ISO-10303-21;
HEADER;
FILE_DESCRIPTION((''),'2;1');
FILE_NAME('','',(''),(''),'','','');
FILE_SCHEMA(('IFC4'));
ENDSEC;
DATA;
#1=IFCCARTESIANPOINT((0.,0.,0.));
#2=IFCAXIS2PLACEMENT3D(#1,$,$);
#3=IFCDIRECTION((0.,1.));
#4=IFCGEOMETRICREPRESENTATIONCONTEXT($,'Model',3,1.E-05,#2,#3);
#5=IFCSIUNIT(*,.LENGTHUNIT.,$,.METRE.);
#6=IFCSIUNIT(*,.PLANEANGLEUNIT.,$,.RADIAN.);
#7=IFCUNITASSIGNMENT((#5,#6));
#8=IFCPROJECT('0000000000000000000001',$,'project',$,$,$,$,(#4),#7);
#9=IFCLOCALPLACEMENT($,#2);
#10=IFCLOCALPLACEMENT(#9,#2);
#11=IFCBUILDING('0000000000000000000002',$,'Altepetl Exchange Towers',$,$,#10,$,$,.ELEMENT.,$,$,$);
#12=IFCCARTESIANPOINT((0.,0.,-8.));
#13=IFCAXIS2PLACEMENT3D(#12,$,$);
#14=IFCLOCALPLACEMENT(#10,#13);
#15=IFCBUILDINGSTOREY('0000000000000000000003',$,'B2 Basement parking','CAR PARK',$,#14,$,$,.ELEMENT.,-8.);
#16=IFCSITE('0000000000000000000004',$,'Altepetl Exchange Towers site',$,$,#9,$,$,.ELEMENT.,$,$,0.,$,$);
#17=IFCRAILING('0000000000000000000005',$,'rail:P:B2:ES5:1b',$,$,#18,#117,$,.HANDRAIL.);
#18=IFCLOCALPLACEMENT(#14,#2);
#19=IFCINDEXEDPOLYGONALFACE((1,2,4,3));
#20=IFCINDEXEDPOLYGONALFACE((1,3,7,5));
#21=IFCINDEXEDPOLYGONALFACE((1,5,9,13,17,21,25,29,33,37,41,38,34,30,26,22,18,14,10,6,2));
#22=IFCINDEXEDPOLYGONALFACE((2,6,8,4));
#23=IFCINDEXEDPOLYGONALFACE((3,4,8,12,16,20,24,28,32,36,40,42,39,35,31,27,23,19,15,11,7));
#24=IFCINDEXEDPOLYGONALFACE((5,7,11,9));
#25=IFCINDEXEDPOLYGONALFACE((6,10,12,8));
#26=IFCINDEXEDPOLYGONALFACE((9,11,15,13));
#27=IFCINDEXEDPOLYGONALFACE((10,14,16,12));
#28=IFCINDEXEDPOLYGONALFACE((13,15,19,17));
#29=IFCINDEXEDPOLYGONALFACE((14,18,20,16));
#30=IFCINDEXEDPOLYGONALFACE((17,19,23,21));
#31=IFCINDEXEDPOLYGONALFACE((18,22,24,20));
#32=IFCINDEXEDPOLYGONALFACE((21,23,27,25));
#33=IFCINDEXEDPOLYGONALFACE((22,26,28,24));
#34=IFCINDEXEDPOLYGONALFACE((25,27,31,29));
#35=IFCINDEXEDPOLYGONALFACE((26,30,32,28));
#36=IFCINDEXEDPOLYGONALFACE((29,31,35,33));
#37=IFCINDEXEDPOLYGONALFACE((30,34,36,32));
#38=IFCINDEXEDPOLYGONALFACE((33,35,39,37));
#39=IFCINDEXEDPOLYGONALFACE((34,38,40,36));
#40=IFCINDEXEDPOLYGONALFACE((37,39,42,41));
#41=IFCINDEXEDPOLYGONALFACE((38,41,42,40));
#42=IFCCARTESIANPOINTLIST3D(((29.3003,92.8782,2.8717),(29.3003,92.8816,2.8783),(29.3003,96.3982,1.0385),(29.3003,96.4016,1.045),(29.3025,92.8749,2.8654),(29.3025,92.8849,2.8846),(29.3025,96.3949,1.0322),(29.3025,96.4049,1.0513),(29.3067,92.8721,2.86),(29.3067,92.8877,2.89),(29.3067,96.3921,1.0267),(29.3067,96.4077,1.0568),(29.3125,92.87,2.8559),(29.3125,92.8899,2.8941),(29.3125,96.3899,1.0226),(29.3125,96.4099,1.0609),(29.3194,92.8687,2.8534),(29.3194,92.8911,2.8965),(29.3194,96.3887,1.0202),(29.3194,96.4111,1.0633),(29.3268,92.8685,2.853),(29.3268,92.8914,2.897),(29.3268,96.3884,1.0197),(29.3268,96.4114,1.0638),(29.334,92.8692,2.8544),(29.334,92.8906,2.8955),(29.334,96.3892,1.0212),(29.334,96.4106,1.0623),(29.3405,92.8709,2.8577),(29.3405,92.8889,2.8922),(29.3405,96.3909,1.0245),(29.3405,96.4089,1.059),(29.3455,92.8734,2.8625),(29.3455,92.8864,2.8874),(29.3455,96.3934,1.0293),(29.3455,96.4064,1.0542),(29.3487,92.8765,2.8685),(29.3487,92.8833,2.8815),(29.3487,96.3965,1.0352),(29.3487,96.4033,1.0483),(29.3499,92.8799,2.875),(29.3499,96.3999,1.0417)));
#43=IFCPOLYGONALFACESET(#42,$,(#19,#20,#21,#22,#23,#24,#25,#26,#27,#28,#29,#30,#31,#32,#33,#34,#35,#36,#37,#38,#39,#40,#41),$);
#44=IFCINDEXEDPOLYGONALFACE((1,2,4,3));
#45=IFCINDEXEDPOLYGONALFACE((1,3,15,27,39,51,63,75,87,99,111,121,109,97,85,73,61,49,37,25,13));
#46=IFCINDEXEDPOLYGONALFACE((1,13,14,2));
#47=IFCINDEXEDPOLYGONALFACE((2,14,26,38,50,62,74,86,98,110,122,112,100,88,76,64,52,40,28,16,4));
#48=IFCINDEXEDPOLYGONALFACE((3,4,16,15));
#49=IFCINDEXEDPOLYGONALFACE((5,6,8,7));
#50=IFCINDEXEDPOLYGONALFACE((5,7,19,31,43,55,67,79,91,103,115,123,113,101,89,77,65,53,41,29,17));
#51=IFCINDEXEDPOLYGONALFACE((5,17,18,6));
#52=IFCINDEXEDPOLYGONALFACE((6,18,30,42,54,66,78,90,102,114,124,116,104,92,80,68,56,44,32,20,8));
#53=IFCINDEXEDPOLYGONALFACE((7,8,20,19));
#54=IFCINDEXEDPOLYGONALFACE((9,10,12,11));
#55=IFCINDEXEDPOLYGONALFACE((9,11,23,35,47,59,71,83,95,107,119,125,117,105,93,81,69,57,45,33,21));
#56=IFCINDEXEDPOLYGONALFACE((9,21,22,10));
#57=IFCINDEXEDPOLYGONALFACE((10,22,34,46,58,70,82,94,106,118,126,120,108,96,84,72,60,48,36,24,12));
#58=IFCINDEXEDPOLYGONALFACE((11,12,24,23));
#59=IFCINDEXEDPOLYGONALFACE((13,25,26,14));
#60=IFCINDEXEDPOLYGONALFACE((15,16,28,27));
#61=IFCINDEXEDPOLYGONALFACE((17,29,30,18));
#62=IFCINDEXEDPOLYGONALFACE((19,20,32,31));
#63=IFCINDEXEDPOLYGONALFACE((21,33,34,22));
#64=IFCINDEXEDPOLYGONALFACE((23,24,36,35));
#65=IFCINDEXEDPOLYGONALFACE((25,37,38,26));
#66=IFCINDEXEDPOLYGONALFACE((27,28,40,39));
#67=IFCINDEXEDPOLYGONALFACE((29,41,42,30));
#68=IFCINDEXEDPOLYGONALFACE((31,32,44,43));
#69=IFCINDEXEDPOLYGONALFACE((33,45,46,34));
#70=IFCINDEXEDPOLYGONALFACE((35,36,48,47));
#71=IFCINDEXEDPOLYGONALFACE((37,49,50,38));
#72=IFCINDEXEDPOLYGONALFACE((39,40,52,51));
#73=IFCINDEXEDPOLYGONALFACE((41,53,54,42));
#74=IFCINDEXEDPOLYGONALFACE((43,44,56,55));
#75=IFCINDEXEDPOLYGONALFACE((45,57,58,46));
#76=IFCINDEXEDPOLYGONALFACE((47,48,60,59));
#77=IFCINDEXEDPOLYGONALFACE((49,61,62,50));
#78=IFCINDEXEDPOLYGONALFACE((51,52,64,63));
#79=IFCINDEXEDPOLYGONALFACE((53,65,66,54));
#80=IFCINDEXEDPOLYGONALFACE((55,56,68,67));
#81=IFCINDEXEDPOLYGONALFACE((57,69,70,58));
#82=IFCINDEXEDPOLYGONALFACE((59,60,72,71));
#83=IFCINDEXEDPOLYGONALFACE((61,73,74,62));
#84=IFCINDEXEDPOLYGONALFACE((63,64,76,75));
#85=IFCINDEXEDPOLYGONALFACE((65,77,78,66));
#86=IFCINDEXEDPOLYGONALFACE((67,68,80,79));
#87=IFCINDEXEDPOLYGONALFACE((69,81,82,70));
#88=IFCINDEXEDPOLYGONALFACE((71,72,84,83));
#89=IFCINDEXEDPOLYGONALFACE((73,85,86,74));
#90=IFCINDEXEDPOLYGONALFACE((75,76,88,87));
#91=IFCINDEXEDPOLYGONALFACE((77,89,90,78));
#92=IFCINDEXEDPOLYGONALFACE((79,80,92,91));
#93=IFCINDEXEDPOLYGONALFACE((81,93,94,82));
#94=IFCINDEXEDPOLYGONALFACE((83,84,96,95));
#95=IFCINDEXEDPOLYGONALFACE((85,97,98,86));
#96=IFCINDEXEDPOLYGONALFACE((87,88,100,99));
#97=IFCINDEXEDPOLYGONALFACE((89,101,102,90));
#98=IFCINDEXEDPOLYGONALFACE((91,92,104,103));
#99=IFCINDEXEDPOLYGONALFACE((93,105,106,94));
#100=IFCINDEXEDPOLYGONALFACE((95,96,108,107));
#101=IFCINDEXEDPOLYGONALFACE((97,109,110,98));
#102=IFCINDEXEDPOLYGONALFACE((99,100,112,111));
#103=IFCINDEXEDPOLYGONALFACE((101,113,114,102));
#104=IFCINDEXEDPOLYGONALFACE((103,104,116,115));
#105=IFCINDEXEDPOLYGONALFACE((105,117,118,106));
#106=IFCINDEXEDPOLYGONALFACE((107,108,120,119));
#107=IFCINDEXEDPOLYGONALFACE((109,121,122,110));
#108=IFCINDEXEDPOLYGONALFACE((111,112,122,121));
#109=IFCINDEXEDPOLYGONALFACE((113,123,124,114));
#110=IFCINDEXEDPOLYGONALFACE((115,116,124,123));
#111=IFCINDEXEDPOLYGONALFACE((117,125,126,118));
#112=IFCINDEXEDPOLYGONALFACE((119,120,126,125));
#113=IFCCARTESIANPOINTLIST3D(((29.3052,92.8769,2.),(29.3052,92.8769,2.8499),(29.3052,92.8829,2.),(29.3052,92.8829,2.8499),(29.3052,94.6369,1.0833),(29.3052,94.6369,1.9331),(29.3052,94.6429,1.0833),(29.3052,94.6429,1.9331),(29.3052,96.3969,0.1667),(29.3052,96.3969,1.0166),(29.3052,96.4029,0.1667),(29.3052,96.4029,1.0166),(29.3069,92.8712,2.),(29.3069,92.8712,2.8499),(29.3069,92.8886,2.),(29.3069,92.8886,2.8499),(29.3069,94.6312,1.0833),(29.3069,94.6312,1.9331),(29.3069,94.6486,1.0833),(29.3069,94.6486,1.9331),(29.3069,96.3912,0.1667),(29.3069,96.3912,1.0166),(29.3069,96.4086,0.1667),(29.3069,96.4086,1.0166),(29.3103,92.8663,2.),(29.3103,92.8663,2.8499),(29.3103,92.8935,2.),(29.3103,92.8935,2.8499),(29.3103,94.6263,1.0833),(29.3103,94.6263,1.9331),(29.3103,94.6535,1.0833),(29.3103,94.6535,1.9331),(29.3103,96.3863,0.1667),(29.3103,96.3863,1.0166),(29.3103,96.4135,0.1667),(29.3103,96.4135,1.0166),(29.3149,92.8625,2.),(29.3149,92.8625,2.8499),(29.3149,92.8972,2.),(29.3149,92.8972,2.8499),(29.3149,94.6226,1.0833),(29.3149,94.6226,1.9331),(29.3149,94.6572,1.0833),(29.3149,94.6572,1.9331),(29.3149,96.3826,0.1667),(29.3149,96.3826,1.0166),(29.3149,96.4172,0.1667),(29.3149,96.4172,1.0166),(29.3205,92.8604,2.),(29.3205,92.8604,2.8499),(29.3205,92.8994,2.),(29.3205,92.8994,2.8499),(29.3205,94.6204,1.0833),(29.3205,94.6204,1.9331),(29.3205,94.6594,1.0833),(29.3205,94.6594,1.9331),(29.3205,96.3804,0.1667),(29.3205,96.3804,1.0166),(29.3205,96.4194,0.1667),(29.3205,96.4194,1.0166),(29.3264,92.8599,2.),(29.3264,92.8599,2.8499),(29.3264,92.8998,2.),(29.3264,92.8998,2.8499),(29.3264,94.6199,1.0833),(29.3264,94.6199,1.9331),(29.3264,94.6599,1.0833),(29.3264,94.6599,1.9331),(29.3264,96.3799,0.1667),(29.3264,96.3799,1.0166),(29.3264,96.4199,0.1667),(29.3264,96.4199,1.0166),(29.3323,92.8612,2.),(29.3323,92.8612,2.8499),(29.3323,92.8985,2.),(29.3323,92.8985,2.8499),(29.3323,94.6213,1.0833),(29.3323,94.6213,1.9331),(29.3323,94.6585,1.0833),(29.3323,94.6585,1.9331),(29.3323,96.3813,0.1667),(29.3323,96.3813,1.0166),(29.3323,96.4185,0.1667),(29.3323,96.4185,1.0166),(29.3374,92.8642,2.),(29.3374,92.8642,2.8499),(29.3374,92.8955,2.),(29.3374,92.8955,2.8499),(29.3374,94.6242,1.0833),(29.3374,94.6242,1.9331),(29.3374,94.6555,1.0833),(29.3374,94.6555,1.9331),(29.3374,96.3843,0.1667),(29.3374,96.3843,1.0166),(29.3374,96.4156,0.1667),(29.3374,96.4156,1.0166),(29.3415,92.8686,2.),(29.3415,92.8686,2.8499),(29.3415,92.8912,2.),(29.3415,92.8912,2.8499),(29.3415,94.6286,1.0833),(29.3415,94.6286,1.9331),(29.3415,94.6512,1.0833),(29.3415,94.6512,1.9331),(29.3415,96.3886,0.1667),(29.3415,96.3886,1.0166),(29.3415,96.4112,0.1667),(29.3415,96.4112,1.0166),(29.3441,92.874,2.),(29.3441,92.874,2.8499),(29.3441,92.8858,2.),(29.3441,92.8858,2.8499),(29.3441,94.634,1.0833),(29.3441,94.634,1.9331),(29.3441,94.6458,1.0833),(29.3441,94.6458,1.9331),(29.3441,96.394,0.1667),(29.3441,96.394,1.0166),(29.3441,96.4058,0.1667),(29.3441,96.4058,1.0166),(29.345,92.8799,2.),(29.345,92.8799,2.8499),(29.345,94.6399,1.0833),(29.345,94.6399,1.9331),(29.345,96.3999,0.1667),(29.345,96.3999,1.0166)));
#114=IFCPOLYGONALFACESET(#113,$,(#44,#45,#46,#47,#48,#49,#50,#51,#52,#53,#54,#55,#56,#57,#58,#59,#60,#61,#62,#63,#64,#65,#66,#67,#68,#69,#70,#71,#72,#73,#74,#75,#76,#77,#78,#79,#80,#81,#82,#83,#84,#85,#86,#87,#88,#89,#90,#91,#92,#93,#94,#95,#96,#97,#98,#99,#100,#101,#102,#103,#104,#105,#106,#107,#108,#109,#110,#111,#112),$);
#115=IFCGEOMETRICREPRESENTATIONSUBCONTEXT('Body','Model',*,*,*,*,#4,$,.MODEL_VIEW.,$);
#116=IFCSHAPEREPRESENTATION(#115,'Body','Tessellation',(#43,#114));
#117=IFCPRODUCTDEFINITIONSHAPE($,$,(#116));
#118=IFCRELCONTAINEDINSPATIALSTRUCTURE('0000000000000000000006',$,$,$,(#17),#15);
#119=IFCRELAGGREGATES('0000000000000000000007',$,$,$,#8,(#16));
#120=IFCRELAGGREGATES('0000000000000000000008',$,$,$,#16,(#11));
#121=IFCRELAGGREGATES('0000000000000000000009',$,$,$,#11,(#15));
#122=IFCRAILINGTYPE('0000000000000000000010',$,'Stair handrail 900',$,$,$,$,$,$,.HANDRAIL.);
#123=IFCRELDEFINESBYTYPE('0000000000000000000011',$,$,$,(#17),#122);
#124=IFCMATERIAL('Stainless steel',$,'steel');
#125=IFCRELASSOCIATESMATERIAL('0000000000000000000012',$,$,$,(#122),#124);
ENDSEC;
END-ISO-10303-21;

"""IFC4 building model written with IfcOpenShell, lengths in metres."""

from ifc_helpers import new_model, si_unit, direction, frame, origin, origin_2d, place, context, subcontext, project, spatial, circle, extrude, source, transform, mapped, material, type_object, element, save


model = new_model("IFC4")

# Units and contexts
model_context = context("Model", 3, precision=1e-05, world=origin(), true_north=direction((0.0, 1.0)))
body_context = subcontext(model_context, "Body", "Model", "MODEL_VIEW")
ifc_project = project(units=[si_unit("LENGTHUNIT", "METRE"), si_unit("PLANEANGLEUNIT", "RADIAN")], contexts=[model_context])

# Site, building, storey
site_placement = place(None, origin())
site = spatial("IfcSite", under=ifc_project, at=site_placement, Name="Altepetl Exchange Towers site", CompositionType="ELEMENT", RefElevation=0.0)
building_placement = place(site_placement, origin())
building = spatial("IfcBuilding", under=site, at=building_placement, Name="Altepetl Exchange Towers", CompositionType="ELEMENT")
storey_placement = place(building_placement, frame((0.0, 0.0, -8.0)))
storey = spatial("IfcBuildingStorey", under=building, at=storey_placement, Name="B2 Basement parking", Description="CAR PARK", CompositionType="ELEMENT", Elevation=-8.0)

# Railing
ifc_material_1 = material(Name="Stainless steel", Category="steel")
railing_type_1 = type_object("IfcRailingType", Name="Stair handrail 900", PredefinedType="HANDRAIL", material=ifc_material_1)
shared_shape_1 = source(origin(), body_context, "Body", "SweptSolid", [
    extrude(circle(Radius=0.02, at=origin_2d()), origin(), (0.0, 0.0, 1.0), 0.8499),
])
for number, where, name in (
    (1, (29.325, 96.3999, 0.1667), "rail:P:B2:ES5:1b"),
):
    element("IfcRailing", number, at=place(storey_placement, frame(where)), inside=storey, type_object=railing_type_1, Name=name, PredefinedType="HANDRAIL", context=body_context, shape_type="SweptSolid", body=[
        extrude(circle(Radius=0.0249, at=origin_2d()), frame((0.0, 0.0, 0.875), z_axis=(0.0, -0.886924, 0.461916), x_axis=(1.0, 0.0, 0.0)), (0.0, 0.0, 1.0), 3.9688),
        mapped(shared_shape_1, transform((0.0, 0.0, 0.0))),
        mapped(shared_shape_1, transform((0.0, -1.76, 0.9165))),
        mapped(shared_shape_1, transform((0.0, -3.52, 1.8333))),
    ])

save(model, "model.ifc")
